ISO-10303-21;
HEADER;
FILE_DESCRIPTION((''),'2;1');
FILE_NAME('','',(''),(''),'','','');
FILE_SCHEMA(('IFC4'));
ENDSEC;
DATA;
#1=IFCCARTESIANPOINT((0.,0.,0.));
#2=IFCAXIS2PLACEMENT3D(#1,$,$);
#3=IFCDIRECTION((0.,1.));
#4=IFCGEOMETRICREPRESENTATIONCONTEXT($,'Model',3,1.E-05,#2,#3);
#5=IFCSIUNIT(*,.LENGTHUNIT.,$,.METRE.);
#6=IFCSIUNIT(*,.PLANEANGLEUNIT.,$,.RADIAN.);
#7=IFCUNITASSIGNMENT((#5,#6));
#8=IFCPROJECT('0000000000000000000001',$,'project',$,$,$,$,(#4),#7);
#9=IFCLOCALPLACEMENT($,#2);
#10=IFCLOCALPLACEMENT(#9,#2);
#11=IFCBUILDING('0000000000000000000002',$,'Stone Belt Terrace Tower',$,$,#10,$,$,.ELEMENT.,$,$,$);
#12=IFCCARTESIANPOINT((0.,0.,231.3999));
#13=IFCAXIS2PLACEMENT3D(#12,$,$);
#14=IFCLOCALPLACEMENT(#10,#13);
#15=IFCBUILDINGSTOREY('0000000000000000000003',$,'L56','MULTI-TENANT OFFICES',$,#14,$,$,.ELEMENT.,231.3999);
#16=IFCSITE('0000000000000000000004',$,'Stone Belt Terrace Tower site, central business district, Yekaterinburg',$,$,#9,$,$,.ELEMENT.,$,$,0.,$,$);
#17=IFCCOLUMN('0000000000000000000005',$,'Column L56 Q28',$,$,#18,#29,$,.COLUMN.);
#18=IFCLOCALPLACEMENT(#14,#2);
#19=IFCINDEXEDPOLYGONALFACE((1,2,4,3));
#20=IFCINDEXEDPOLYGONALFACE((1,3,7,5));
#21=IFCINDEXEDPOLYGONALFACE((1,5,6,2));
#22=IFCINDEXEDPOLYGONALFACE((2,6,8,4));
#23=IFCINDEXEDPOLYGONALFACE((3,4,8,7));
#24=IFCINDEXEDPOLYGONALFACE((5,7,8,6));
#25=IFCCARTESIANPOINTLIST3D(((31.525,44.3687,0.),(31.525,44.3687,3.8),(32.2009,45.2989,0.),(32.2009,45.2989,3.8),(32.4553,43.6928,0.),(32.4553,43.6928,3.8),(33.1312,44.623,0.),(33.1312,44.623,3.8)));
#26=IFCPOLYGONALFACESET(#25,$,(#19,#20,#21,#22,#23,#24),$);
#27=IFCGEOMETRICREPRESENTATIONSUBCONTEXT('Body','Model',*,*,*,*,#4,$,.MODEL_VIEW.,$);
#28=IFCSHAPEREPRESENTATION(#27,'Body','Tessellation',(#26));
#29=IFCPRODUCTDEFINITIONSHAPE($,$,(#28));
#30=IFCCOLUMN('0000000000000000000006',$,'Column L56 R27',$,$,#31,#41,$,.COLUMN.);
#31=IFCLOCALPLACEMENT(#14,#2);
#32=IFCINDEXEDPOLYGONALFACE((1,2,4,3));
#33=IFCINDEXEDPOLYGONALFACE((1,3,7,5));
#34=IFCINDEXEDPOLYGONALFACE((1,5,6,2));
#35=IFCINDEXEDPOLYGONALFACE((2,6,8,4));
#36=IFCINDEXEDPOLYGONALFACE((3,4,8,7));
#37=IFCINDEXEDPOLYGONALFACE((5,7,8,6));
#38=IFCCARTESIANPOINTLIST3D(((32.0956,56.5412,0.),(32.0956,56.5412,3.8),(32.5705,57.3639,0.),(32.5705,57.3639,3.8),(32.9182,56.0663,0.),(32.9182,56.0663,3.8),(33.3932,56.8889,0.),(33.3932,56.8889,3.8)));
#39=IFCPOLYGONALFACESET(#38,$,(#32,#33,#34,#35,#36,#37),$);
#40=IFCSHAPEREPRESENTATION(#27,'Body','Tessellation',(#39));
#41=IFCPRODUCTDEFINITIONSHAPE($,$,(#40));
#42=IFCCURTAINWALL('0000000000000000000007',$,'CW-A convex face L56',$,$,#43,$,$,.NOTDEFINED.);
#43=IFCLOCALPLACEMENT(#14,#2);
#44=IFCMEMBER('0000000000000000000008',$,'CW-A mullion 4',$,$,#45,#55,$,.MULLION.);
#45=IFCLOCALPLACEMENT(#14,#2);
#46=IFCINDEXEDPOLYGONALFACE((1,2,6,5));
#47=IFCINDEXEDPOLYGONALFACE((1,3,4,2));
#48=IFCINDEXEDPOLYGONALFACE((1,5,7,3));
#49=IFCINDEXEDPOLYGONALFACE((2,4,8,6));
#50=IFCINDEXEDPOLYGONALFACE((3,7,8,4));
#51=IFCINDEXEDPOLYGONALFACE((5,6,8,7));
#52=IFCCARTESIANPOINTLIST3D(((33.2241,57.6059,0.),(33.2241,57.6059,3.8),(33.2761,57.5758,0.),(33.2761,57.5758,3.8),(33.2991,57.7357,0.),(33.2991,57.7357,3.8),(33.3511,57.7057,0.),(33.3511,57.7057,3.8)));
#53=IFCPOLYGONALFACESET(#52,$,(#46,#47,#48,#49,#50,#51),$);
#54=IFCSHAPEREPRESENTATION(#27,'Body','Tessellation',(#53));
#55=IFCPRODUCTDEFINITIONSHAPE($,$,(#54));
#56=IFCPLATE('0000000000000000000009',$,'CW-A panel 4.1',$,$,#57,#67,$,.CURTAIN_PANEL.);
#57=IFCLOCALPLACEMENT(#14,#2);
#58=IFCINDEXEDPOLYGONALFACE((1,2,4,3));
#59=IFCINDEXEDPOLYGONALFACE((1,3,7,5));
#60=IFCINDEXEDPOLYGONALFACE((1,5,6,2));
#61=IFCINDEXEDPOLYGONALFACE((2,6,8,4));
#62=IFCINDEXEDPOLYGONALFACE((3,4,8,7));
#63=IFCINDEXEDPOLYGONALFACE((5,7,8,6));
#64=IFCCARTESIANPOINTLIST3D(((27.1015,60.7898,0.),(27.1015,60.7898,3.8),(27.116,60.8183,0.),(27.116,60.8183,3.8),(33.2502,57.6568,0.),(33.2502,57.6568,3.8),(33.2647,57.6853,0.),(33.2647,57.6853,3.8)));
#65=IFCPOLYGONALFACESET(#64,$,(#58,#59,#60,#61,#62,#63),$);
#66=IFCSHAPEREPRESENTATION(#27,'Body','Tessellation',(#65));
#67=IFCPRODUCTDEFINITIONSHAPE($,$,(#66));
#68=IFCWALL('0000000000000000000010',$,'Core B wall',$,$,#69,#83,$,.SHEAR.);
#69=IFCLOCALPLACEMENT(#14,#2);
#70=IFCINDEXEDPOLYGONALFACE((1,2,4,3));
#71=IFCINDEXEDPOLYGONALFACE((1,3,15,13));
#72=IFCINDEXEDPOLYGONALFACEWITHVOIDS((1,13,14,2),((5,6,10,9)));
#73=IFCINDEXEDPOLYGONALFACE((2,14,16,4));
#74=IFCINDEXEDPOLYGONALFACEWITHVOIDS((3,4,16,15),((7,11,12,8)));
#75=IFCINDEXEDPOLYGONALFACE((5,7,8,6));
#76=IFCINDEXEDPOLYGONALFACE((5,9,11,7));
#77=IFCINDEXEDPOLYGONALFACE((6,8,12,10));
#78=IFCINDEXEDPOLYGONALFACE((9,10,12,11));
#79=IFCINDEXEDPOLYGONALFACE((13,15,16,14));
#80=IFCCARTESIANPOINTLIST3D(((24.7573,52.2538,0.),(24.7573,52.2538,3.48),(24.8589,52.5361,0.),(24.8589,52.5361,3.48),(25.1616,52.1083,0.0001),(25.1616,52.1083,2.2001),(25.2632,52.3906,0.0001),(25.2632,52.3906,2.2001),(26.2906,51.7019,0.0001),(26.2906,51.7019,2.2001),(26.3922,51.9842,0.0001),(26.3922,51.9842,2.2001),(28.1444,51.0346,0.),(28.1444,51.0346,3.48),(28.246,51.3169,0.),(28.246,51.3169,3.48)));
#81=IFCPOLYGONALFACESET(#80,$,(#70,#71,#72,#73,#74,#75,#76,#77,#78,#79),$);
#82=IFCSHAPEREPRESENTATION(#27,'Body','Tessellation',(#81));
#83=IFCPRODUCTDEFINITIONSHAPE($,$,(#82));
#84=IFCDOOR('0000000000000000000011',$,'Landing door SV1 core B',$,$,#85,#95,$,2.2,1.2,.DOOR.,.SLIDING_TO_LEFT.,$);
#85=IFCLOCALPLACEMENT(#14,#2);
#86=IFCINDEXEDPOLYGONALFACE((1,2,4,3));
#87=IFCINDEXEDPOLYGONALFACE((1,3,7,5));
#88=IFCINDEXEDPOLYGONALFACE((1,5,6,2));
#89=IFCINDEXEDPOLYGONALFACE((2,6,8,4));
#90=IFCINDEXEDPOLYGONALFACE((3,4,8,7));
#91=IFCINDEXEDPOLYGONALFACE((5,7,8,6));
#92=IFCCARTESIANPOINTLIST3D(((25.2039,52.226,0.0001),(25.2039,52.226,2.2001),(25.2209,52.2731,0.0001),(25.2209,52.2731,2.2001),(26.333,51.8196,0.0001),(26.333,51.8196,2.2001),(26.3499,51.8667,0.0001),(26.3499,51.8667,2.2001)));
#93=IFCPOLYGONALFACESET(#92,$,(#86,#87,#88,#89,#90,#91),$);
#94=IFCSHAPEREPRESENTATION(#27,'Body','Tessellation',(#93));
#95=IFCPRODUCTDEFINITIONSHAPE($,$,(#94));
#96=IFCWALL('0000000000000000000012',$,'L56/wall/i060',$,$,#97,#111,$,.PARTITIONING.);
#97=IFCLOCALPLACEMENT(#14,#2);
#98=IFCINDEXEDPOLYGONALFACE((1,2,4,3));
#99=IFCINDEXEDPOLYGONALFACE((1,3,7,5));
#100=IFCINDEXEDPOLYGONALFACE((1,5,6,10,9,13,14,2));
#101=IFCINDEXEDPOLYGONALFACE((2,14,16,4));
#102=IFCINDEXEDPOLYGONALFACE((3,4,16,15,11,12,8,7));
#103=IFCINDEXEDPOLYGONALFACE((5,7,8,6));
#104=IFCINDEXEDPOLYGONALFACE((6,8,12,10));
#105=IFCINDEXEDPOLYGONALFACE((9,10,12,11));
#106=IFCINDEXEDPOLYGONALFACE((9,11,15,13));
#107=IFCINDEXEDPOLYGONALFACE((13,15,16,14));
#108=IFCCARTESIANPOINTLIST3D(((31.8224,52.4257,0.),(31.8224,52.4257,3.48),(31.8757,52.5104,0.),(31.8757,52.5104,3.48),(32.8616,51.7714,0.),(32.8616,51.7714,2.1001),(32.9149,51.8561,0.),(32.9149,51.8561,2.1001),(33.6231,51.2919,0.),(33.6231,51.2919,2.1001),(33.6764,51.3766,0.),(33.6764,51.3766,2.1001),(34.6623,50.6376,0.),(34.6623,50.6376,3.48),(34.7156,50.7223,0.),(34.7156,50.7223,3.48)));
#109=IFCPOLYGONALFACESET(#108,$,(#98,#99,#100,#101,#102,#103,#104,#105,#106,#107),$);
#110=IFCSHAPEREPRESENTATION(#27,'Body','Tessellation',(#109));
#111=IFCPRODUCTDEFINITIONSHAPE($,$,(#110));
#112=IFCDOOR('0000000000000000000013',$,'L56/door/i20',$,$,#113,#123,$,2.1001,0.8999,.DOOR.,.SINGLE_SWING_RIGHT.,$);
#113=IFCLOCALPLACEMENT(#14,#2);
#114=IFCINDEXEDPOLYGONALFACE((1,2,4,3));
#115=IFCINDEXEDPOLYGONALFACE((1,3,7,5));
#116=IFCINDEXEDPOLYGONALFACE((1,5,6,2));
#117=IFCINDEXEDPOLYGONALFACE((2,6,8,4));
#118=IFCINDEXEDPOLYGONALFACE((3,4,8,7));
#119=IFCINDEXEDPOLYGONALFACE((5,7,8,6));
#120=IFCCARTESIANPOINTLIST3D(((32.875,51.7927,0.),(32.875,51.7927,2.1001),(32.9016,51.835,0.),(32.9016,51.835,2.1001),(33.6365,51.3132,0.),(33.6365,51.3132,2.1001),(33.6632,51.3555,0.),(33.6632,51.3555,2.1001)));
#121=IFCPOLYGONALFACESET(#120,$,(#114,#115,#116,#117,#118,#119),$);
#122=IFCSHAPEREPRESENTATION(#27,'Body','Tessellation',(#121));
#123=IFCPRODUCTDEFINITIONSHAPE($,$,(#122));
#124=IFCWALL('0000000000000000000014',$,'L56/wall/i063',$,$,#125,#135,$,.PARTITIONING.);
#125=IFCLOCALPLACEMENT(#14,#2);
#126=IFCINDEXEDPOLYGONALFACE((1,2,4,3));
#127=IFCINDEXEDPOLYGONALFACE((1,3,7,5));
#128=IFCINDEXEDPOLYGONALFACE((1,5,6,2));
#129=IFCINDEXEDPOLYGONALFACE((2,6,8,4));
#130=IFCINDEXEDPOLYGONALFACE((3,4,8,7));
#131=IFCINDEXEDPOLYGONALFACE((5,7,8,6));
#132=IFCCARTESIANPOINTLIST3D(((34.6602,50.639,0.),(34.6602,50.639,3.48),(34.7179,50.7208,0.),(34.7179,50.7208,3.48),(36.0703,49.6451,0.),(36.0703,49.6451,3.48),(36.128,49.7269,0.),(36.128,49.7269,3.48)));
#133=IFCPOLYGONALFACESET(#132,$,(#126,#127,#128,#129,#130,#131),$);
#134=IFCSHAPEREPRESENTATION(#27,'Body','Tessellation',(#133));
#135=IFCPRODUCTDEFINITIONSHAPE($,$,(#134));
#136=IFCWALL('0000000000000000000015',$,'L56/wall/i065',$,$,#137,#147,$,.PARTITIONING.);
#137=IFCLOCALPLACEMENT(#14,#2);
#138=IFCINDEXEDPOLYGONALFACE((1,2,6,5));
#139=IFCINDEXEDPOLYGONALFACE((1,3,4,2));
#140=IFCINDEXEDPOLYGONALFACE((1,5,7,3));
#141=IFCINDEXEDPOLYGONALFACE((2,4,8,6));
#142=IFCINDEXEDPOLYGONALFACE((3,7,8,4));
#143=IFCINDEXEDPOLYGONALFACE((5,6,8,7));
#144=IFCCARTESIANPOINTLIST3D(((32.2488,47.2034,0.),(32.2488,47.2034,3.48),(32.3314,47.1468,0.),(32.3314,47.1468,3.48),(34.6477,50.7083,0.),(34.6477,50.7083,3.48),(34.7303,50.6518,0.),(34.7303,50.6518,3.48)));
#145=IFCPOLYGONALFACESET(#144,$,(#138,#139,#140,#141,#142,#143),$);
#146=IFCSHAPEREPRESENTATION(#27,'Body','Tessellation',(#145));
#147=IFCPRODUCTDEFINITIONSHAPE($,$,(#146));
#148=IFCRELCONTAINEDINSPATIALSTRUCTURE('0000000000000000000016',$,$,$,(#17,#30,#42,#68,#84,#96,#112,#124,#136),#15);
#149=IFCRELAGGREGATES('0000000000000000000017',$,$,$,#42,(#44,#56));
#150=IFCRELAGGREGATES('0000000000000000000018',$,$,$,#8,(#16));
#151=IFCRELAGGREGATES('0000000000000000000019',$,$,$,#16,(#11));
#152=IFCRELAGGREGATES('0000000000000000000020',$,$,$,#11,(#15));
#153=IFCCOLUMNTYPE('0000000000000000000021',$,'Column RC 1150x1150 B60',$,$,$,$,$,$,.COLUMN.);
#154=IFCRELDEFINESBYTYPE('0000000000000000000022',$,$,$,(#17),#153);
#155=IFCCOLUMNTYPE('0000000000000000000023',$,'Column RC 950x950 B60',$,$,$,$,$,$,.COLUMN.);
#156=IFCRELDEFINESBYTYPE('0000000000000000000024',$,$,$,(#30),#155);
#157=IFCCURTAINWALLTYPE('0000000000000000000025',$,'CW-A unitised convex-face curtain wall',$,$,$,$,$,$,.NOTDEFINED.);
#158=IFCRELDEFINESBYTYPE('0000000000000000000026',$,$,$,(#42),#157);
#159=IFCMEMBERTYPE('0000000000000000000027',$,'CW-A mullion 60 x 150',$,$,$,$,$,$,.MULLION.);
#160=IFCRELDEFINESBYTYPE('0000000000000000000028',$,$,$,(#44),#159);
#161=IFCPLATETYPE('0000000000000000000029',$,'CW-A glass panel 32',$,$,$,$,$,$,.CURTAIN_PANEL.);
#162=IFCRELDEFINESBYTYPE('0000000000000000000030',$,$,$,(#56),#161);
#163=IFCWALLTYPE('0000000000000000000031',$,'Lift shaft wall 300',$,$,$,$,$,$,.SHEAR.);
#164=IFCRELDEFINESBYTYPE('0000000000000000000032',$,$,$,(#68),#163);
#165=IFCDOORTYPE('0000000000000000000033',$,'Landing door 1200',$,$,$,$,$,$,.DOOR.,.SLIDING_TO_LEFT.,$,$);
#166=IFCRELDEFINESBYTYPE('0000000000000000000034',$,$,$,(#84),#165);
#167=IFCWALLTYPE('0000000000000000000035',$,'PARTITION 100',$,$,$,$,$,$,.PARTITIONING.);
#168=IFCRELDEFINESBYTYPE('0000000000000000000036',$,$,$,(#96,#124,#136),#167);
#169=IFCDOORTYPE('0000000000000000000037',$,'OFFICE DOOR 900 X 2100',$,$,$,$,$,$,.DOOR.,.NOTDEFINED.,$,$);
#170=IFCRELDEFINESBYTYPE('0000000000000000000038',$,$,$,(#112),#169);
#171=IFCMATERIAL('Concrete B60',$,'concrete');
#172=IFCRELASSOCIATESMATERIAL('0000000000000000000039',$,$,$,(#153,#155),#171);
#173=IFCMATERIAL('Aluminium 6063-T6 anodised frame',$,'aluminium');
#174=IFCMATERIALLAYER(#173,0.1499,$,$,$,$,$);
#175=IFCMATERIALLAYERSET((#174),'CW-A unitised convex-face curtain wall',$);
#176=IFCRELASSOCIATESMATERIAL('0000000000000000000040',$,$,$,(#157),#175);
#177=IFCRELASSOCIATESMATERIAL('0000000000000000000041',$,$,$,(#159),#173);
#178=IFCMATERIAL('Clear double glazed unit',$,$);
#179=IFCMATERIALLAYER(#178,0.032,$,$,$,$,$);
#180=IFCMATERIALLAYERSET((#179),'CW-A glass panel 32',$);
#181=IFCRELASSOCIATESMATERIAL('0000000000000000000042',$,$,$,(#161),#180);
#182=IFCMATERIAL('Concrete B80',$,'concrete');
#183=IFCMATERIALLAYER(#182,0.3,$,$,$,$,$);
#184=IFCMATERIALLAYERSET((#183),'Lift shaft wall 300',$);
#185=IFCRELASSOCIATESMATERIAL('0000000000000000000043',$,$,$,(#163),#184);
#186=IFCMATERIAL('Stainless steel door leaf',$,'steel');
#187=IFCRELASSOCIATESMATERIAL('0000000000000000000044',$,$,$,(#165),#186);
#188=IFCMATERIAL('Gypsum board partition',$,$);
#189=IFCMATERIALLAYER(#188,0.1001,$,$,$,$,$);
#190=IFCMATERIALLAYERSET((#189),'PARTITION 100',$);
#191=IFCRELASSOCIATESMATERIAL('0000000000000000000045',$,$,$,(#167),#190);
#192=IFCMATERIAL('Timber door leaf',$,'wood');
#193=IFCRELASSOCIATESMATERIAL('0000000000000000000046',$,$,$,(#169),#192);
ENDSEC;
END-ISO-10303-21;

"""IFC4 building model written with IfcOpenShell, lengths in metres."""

from ifc_helpers import new_model, si_unit, direction, frame, frame_2d, origin, origin_2d, place, context, subcontext, project, spatial, rectangle, extrude, material, layer, layer_set, material_profile, profile_set, type_object, element, fill, aggregate, save


model = new_model("IFC4")

# Units and contexts
model_context = context("Model", 3, precision=1e-05, world=origin(), true_north=direction((0.0, 1.0)))
body_context = subcontext(model_context, "Body", "Model", "MODEL_VIEW")
ifc_project = project(units=[si_unit("LENGTHUNIT", "METRE"), si_unit("PLANEANGLEUNIT", "RADIAN")], contexts=[model_context])

# Site, building, storey
site_placement = place(None, origin())
site = spatial("IfcSite", under=ifc_project, at=site_placement, Name="Stone Belt Terrace Tower site, central business district, Yekaterinburg", CompositionType="ELEMENT", RefElevation=0.0)
building_placement = place(site_placement, origin())
building = spatial("IfcBuilding", under=site, at=building_placement, Name="Stone Belt Terrace Tower", CompositionType="ELEMENT")
storey_placement = place(building_placement, frame((0.0, 0.0, 231.3999)))
storey = spatial("IfcBuildingStorey", under=building, at=storey_placement, Name="L56", Description="MULTI-TENANT OFFICES", CompositionType="ELEMENT", Elevation=231.3999)

# Columns
ifc_material_1 = material(Name="Concrete B60", Category="concrete")
ifc_material_profile_1 = material_profile(ifc_material_1, rectangle(XDim=1.1499, YDim=1.1499, at=origin_2d()), Name="RC 1150x1150")
ifc_profile_set_1 = profile_set([ifc_material_profile_1], Name="Concrete B60")
column_type_1 = type_object("IfcColumnType", Name="Column RC 1150x1150 B60", PredefinedType="COLUMN", material=ifc_profile_set_1)
column_1_placement = place(storey_placement, frame((32.3281, 44.4958, 0.0), z_axis=(0.0, 0.0, 1.0), x_axis=(0.809017, -0.587785, 0.0)))
element("IfcColumn", 1, at=column_1_placement, inside=storey, type_object=column_type_1, Name="Column L56 Q28", PredefinedType="COLUMN", context=body_context, shape_type="SweptSolid", body=[
    extrude(rectangle(XDim=1.1499, YDim=1.1499, at=origin_2d()), origin(), (0.0, 0.0, 1.0), 3.8),
])
ifc_material_profile_2 = material_profile(ifc_material_1, rectangle(XDim=0.95, YDim=0.95, at=origin_2d()), Name="RC 950x950")
ifc_profile_set_2 = profile_set([ifc_material_profile_2], Name="Concrete B60")
column_type_2 = type_object("IfcColumnType", Name="Column RC 950x950 B60", PredefinedType="COLUMN", material=ifc_profile_set_2)
column_2_placement = place(storey_placement, frame((32.7444, 56.7151, 0.0), z_axis=(0.0, 0.0, 1.0), x_axis=(0.866025, -0.5, 0.0)))
element("IfcColumn", 2, at=column_2_placement, inside=storey, type_object=column_type_2, Name="Column L56 R27", PredefinedType="COLUMN", context=body_context, shape_type="SweptSolid", body=[
    extrude(rectangle(XDim=0.95, YDim=0.95, at=origin_2d()), origin(), (0.0, 0.0, 1.0), 3.8),
])

# Curtain wall, member, plate
ifc_material_2 = material(Name="Aluminium 6063-T6 anodised frame", Category="aluminium")
ifc_layer_1 = layer(ifc_material_2, 0.1499)
ifc_layer_set_1 = layer_set([ifc_layer_1], Name="CW-A unitised convex-face curtain wall")
curtain_wall_type = type_object("IfcCurtainWallType", Name="CW-A unitised convex-face curtain wall", PredefinedType="NOTDEFINED", material=ifc_layer_set_1)
curtain_wall_placement = place(storey_placement, origin())
curtain_wall = element("IfcCurtainWall", 3, at=curtain_wall_placement, inside=storey, type_object=curtain_wall_type, Name="CW-A convex face L56", PredefinedType="NOTDEFINED")
ifc_material_profile_3 = material_profile(ifc_material_2, rectangle(XDim=0.1499, YDim=0.0601, at=origin_2d()), Name="Aluminium 6063-T6 60x150")
ifc_profile_set_3 = profile_set([ifc_material_profile_3], Name="Aluminium 6063-T6 anodised frame")
member_type = type_object("IfcMemberType", Name="CW-A mullion 60 x 150", PredefinedType="MULLION", material=ifc_profile_set_3)
member_placement = place(storey_placement, frame((33.2876, 57.6558, 0.0), z_axis=(0.0, 0.0, 1.0), x_axis=(-0.5, -0.866025, 0.0)))
member = element("IfcMember", 4, at=member_placement, type_object=member_type, Name="CW-A mullion 4", PredefinedType="MULLION", context=body_context, shape_type="SweptSolid", body=[
    extrude(rectangle(XDim=0.1499, YDim=0.0601, at=origin_2d()), origin(), (0.0, 0.0, 1.0), 3.8),
])
ifc_material_3 = material(Name="Clear double glazed unit")
ifc_layer_2 = layer(ifc_material_3, 0.032)
ifc_layer_set_2 = layer_set([ifc_layer_2], Name="CW-A glass panel 32")
plate_type = type_object("IfcPlateType", Name="CW-A glass panel 32", PredefinedType="CURTAIN_PANEL", material=ifc_layer_set_2)
plate_placement = place(storey_placement, frame((30.1831, 59.2375, 0.0), z_axis=(0.0, 0.0, 1.0), x_axis=(-0.891007, 0.45399, 0.0)))
plate = element("IfcPlate", 5, at=plate_placement, type_object=plate_type, Name="CW-A panel 4.1", PredefinedType="CURTAIN_PANEL", context=body_context, shape_type="SweptSolid", body=[
    extrude(rectangle(XDim=6.9009, YDim=0.032, at=origin_2d()), origin(), (0.0, 0.0, 1.0), 3.8),
])
aggregate(curtain_wall, [member, plate])

# Walls, openings, doors
ifc_material_4 = material(Name="Concrete B80", Category="concrete")
ifc_layer_3 = layer(ifc_material_4, 0.3)
ifc_layer_set_3 = layer_set([ifc_layer_3], Name="Lift shaft wall 300")
wall_type_1 = type_object("IfcWallType", Name="Lift shaft wall 300", PredefinedType="SHEAR", material=ifc_layer_set_3)
wall_1_placement = place(storey_placement, frame((28.1951, 51.1758, 0.0), z_axis=(0.0, 0.0, 1.0), x_axis=(-0.940901, 0.338681, 0.0)))
wall_1 = element("IfcWall", 6, at=wall_1_placement, inside=storey, type_object=wall_type_1, Name="Core B wall", PredefinedType="SHEAR", context=body_context, shape_type="SweptSolid", body=[
    extrude(rectangle(XDim=3.5999, YDim=0.3, at=frame_2d((1.7998, 0.0))), origin(), (0.0, 0.0, 1.0), 3.48),
])
opening_1_placement = place(wall_1_placement, frame((1.97, 0.0, 0.0)))
opening_1 = element("IfcOpeningElement", 7, at=opening_1_placement, cuts=wall_1, PredefinedType="OPENING", context=body_context, shape_type="SweptSolid", body=[
    extrude(rectangle(XDim=1.2, YDim=2.2, at=frame_2d((0.6001, 1.1001))), frame((0.0, 0.1599, 0.0), z_axis=(0.0, -1.0, 0.0), x_axis=(1.0, 0.0, 0.0)), (0.0, 0.0, 1.0), 0.3201),
])
ifc_material_5 = material(Name="Stainless steel door leaf", Category="steel")
door_type_1 = type_object("IfcDoorType", Name="Landing door 1200", OperationType="SLIDING_TO_LEFT", PredefinedType="DOOR", material=ifc_material_5)
door_1_placement = place(opening_1_placement, origin())
door_1 = element("IfcDoor", 8, at=door_1_placement, inside=storey, type_object=door_type_1, Name="Landing door SV1 core B", OperationType="SLIDING_TO_LEFT", OverallHeight=2.2, OverallWidth=1.2, PredefinedType="DOOR", context=body_context, shape_type="SweptSolid", body=[
    extrude(rectangle(XDim=1.2, YDim=2.2, at=frame_2d((0.6001, 1.1001))), frame((0.0, 0.0249, 0.0), z_axis=(0.0, -1.0, 0.0), x_axis=(1.0, 0.0, 0.0)), (0.0, 0.0, 1.0), 0.05),
])
fill(opening_1, door_1)
ifc_material_6 = material(Name="Gypsum board partition")
ifc_layer_4 = layer(ifc_material_6, 0.1001)
ifc_layer_set_4 = layer_set([ifc_layer_4], Name="PARTITION 100")
wall_type_2 = type_object("IfcWallType", Name="PARTITION 100", PredefinedType="PARTITIONING", material=ifc_layer_set_4)
wall_2_placement = place(storey_placement, frame((34.689, 50.6799, 0.0), z_axis=(0.0, 0.0, 1.0), x_axis=(-0.846228, 0.532821, 0.0)))
wall_2 = element("IfcWall", 9, at=wall_2_placement, inside=storey, type_object=wall_type_2, Name="L56/wall/i060", PredefinedType="PARTITIONING", context=body_context, shape_type="SweptSolid", body=[
    extrude(rectangle(XDim=3.356, YDim=0.1001, at=frame_2d((1.678, 0.0))), origin(), (0.0, 0.0, 1.0), 3.48),
])
opening_2_placement = place(wall_2_placement, frame((1.228, 0.0, 0.0)))
opening_2 = element("IfcOpeningElement", 10, at=opening_2_placement, cuts=wall_2, PredefinedType="OPENING", context=body_context, shape_type="SweptSolid", body=[
    extrude(rectangle(XDim=0.8999, YDim=2.1001, at=frame_2d((0.45, 1.05))), frame((0.0, 0.0601, 0.0), z_axis=(0.0, -1.0, 0.0), x_axis=(1.0, 0.0, 0.0)), (0.0, 0.0, 1.0), 0.1201),
])
ifc_material_7 = material(Name="Timber door leaf", Category="wood")
door_type_2 = type_object("IfcDoorType", Name="OFFICE DOOR 900 X 2100", OperationType="NOTDEFINED", PredefinedType="DOOR", material=ifc_material_7)
door_2_placement = place(opening_2_placement, origin())
door_2 = element("IfcDoor", 11, at=door_2_placement, inside=storey, type_object=door_type_2, Name="L56/door/i20", OperationType="SINGLE_SWING_RIGHT", OverallHeight=2.1001, OverallWidth=0.8999, PredefinedType="DOOR", context=body_context, shape_type="SweptSolid", body=[
    extrude(rectangle(XDim=0.8999, YDim=2.1001, at=frame_2d((0.45, 1.05))), frame((0.0, 0.0249, 0.0), z_axis=(0.0, -1.0, 0.0), x_axis=(1.0, 0.0, 0.0)), (0.0, 0.0, 1.0), 0.05),
])
fill(opening_2, door_2)

# Walls
wall_3_placement = place(storey_placement, frame((36.0991, 49.686, 0.0), z_axis=(0.0, 0.0, 1.0), x_axis=(-0.817379, 0.5761, 0.0)))
element("IfcWall", 12, at=wall_3_placement, inside=storey, type_object=wall_type_2, Name="L56/wall/i063", PredefinedType="PARTITIONING", context=body_context, shape_type="SweptSolid", body=[
    extrude(rectangle(XDim=1.7251, YDim=0.1001, at=frame_2d((0.8625, 0.0))), origin(), (0.0, 0.0, 1.0), 3.48),
])
wall_4_placement = place(storey_placement, frame((34.689, 50.6799, 0.0), z_axis=(0.0, 0.0, 1.0), x_axis=(-0.56482, -0.825214, 0.0)))
element("IfcWall", 13, at=wall_4_placement, inside=storey, type_object=wall_type_2, Name="L56/wall/i065", PredefinedType="PARTITIONING", context=body_context, shape_type="SweptSolid", body=[
    extrude(rectangle(XDim=4.2473, YDim=0.1001, at=frame_2d((2.1235, 0.0))), origin(), (0.0, 0.0, 1.0), 3.48),
])

save(model, "model.ifc")
